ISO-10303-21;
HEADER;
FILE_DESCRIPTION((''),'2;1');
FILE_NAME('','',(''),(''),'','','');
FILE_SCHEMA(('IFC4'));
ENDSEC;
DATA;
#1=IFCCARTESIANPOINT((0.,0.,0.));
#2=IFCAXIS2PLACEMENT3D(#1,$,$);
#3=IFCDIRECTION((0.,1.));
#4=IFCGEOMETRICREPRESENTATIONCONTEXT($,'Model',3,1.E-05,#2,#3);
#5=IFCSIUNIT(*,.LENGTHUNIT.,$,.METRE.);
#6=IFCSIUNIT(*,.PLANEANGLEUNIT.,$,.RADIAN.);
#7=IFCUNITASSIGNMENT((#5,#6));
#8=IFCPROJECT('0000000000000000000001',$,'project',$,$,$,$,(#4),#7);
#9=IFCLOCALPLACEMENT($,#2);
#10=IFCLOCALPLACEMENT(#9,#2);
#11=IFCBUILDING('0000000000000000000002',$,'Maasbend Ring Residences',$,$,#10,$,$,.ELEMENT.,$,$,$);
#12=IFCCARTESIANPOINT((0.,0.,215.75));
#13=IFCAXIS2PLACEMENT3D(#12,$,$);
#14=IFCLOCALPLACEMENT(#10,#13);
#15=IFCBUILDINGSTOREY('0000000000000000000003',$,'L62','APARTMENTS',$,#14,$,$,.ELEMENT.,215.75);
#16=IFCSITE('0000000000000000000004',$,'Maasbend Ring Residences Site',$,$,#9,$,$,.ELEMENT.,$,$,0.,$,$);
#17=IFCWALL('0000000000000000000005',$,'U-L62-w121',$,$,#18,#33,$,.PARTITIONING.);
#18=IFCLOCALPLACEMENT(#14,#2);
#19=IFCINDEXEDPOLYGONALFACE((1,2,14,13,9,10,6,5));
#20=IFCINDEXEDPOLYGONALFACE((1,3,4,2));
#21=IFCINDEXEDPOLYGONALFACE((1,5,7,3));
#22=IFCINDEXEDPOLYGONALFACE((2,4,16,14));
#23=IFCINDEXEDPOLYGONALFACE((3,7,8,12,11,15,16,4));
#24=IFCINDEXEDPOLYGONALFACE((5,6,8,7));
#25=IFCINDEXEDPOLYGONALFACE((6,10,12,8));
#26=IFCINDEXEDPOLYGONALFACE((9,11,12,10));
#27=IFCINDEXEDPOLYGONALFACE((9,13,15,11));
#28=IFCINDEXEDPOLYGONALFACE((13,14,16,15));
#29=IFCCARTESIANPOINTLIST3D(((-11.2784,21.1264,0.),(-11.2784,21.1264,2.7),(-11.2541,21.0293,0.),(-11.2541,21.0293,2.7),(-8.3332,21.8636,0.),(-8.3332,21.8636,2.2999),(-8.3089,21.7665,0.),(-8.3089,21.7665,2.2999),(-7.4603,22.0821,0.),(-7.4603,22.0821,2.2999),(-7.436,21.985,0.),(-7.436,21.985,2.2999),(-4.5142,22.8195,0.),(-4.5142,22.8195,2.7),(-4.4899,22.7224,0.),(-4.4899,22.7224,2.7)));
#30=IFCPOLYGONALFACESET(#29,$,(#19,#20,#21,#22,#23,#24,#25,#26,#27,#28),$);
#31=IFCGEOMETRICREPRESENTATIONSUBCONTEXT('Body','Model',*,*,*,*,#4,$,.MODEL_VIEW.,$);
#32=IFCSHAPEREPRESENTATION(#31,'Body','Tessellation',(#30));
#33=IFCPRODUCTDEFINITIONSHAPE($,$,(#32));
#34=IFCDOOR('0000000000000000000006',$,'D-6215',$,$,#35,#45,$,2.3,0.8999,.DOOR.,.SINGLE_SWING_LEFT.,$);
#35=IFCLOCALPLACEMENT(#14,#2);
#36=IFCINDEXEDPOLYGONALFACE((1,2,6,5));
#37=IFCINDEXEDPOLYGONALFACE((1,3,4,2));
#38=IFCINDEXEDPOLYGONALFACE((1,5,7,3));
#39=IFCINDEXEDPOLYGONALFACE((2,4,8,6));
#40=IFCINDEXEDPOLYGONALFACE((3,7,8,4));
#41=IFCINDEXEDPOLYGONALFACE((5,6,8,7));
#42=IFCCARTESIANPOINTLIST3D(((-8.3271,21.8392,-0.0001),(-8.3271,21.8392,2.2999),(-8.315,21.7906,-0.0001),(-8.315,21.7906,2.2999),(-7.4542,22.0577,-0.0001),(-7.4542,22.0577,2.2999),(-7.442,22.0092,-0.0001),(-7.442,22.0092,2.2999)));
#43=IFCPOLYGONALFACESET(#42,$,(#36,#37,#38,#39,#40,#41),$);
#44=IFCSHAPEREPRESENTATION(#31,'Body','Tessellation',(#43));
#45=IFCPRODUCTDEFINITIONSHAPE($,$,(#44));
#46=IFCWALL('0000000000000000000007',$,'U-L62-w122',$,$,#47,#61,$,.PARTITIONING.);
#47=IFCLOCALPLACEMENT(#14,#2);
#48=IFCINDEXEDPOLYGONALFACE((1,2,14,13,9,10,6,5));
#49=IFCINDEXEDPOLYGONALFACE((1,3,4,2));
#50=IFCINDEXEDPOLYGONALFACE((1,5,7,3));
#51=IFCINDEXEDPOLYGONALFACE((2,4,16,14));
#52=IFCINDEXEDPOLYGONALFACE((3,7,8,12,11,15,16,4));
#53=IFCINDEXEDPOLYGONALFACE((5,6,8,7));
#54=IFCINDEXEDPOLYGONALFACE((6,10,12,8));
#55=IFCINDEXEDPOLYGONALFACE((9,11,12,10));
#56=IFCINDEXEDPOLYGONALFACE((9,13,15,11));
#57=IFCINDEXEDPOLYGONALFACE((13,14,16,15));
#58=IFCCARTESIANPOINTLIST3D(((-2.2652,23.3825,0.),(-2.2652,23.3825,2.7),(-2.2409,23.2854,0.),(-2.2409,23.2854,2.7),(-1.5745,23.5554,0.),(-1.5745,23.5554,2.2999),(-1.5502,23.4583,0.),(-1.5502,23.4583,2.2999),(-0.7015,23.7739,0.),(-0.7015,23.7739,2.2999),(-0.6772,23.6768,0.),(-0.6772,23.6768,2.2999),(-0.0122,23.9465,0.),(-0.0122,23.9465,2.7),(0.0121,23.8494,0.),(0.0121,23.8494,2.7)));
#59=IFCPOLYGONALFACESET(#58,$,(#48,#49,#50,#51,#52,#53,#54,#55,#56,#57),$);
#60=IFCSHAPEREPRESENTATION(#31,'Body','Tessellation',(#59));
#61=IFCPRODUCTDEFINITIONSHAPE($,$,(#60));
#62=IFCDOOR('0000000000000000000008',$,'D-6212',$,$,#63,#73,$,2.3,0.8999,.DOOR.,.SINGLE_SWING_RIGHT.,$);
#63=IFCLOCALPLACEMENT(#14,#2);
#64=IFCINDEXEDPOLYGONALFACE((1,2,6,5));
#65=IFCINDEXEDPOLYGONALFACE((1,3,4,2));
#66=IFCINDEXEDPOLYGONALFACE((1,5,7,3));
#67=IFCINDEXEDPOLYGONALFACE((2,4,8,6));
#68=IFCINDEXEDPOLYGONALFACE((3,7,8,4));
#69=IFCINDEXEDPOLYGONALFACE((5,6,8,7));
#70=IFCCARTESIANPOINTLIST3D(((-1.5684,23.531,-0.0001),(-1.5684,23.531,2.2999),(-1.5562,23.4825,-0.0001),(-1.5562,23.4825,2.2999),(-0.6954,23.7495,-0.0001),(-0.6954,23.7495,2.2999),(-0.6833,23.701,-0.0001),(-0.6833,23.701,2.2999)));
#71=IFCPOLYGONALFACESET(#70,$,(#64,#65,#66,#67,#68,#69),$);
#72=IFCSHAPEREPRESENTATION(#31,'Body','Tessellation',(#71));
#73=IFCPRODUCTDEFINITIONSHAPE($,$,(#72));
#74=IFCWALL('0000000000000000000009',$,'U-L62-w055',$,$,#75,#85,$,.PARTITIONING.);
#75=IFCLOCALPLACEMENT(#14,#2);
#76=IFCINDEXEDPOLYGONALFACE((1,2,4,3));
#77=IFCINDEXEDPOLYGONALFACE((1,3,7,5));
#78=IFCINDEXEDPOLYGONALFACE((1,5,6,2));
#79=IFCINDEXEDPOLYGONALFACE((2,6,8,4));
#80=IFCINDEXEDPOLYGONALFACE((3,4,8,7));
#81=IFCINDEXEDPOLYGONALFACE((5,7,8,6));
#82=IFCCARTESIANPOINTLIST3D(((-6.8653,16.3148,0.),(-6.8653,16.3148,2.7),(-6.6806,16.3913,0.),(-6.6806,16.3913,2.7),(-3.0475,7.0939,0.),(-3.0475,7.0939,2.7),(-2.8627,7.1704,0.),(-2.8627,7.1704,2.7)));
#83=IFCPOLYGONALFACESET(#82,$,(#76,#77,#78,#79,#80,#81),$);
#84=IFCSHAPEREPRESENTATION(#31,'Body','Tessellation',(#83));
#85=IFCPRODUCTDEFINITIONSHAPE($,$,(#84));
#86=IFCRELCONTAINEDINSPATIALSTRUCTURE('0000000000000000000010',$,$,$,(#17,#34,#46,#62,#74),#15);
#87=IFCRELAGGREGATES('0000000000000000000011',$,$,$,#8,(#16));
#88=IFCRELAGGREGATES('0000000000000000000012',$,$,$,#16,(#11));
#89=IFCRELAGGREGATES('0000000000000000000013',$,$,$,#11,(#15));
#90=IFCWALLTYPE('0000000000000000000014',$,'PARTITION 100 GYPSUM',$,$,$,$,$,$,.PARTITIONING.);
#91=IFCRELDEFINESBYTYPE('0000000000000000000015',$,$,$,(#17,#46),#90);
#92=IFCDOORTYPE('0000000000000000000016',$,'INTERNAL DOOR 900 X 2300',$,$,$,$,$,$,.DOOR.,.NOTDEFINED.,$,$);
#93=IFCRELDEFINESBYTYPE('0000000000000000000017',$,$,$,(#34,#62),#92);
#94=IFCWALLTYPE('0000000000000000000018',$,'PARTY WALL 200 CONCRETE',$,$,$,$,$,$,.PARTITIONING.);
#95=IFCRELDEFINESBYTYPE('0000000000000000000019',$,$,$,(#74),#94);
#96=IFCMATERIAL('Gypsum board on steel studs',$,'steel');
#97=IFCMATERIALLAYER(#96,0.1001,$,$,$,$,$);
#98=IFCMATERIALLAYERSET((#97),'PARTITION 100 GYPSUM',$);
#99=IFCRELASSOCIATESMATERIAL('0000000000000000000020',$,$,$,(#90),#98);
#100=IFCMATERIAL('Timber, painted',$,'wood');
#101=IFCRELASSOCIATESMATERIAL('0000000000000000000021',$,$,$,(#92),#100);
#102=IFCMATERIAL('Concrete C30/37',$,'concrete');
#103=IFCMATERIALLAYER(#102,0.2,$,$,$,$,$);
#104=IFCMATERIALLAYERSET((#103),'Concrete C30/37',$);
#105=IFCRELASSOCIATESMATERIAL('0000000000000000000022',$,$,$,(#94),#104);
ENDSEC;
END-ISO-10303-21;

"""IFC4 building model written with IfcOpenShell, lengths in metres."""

from ifc_helpers import new_model, si_unit, direction, frame, frame_2d, origin, place, context, subcontext, project, spatial, rectangle, extrude, material, layer, layer_set, type_object, element, fill, save


model = new_model("IFC4")

# Units and contexts
model_context = context("Model", 3, precision=1e-05, world=origin(), true_north=direction((0.0, 1.0)))
body_context = subcontext(model_context, "Body", "Model", "MODEL_VIEW")
ifc_project = project(units=[si_unit("LENGTHUNIT", "METRE"), si_unit("PLANEANGLEUNIT", "RADIAN")], contexts=[model_context])

# Site, building, storey
site_placement = place(None, origin())
site = spatial("IfcSite", under=ifc_project, at=site_placement, Name="Maasbend Ring Residences Site", CompositionType="ELEMENT", RefElevation=0.0)
building_placement = place(site_placement, origin())
building = spatial("IfcBuilding", under=site, at=building_placement, Name="Maasbend Ring Residences", CompositionType="ELEMENT")
storey_placement = place(building_placement, frame((0.0, 0.0, 215.75)))
storey = spatial("IfcBuildingStorey", under=building, at=storey_placement, Name="L62", Description="APARTMENTS", CompositionType="ELEMENT", Elevation=215.75)

# Shared definitions
ifc_material_1 = material(Name="Gypsum board on steel studs", Category="steel")
ifc_layer_1 = layer(ifc_material_1, 0.1001)
ifc_layer_set_1 = layer_set([ifc_layer_1], Name="PARTITION 100 GYPSUM")
wall_type_1 = type_object("IfcWallType", Name="PARTITION 100 GYPSUM", PredefinedType="PARTITIONING", material=ifc_layer_set_1)
ifc_material_2 = material(Name="Timber, painted", Category="wood")
door_type_1 = type_object("IfcDoorType", Name="INTERNAL DOOR 900 X 2300", OperationType="NOTDEFINED", PredefinedType="DOOR", material=ifc_material_2)

# Walls, openings, doors
wall_1_placement = place(storey_placement, frame((-11.2661, 21.0779, 0.0), z_axis=(0.0, 0.0, 1.0), x_axis=(0.970072, 0.242816, 0.0)))
wall_1 = element("IfcWall", 1, at=wall_1_placement, inside=storey, type_object=wall_type_1, Name="U-L62-w121", PredefinedType="PARTITIONING", context=body_context, shape_type="SweptSolid", body=[
    extrude(rectangle(XDim=6.9729, YDim=0.1001, at=frame_2d((3.4863, 0.0))), origin(), (0.0, 0.0, 1.0), 2.7),
])
opening_1_placement = place(wall_1_placement, frame((3.0359, 0.0, 0.0)))
opening_1 = element("IfcOpeningElement", 2, at=opening_1_placement, cuts=wall_1, PredefinedType="OPENING", context=body_context, shape_type="SweptSolid", body=[
    extrude(rectangle(XDim=0.8999, YDim=2.3, at=frame_2d((0.45, 1.1499))), frame((0.0, 0.0601, 0.0), z_axis=(0.0, -1.0, 0.0), x_axis=(1.0, 0.0, 0.0)), (0.0, 0.0, 1.0), 0.1201),
])
door_1_placement = place(opening_1_placement, origin())
door_1 = element("IfcDoor", 3, at=door_1_placement, inside=storey, type_object=door_type_1, Name="D-6215", OperationType="SINGLE_SWING_LEFT", OverallHeight=2.3, OverallWidth=0.8999, PredefinedType="DOOR", context=body_context, shape_type="SweptSolid", body=[
    extrude(rectangle(XDim=0.8999, YDim=2.3, at=frame_2d((0.45, 1.1499))), frame((0.0, 0.0249, 0.0), z_axis=(0.0, -1.0, 0.0), x_axis=(1.0, 0.0, 0.0)), (0.0, 0.0, 1.0), 0.05),
])
fill(opening_1, door_1)
wall_2_placement = place(storey_placement, frame((-2.2529, 23.334, 0.0), z_axis=(0.0, 0.0, 1.0), x_axis=(0.970068, 0.242832, 0.0)))
wall_2 = element("IfcWall", 4, at=wall_2_placement, inside=storey, type_object=wall_type_1, Name="U-L62-w122", PredefinedType="PARTITIONING", context=body_context, shape_type="SweptSolid", body=[
    extrude(rectangle(XDim=2.3225, YDim=0.1001, at=frame_2d((1.1611, 0.0))), origin(), (0.0, 0.0, 1.0), 2.7),
])
opening_2_placement = place(wall_2_placement, frame((0.7119, 0.0, 0.0)))
opening_2 = element("IfcOpeningElement", 5, at=opening_2_placement, cuts=wall_2, PredefinedType="OPENING", context=body_context, shape_type="SweptSolid", body=[
    extrude(rectangle(XDim=0.8999, YDim=2.3, at=frame_2d((0.45, 1.1499))), frame((0.0, 0.0601, 0.0), z_axis=(0.0, -1.0, 0.0), x_axis=(1.0, 0.0, 0.0)), (0.0, 0.0, 1.0), 0.1201),
])
door_2_placement = place(opening_2_placement, origin())
door_2 = element("IfcDoor", 6, at=door_2_placement, inside=storey, type_object=door_type_1, Name="D-6212", OperationType="SINGLE_SWING_RIGHT", OverallHeight=2.3, OverallWidth=0.8999, PredefinedType="DOOR", context=body_context, shape_type="SweptSolid", body=[
    extrude(rectangle(XDim=0.8999, YDim=2.3, at=frame_2d((0.45, 1.1499))), frame((0.0, 0.0249, 0.0), z_axis=(0.0, -1.0, 0.0), x_axis=(1.0, 0.0, 0.0)), (0.0, 0.0, 1.0), 0.05),
])
fill(opening_2, door_2)

# Wall
ifc_material_3 = material(Name="Concrete C30/37", Category="concrete")
ifc_layer_2 = layer(ifc_material_3, 0.2)
ifc_layer_set_2 = layer_set([ifc_layer_2], Name="Concrete C30/37")
wall_type_2 = type_object("IfcWallType", Name="PARTY WALL 200 CONCRETE", PredefinedType="PARTITIONING", material=ifc_layer_set_2)
wall_3_placement = place(storey_placement, frame((-6.7729, 16.353, 0.0), z_axis=(0.0, 0.0, 1.0), x_axis=(0.382549, -0.923935, 0.0)))
element("IfcWall", 7, at=wall_3_placement, inside=storey, type_object=wall_type_2, Name="U-L62-w055", PredefinedType="PARTITIONING", context=body_context, shape_type="SweptSolid", body=[
    extrude(rectangle(XDim=9.98, YDim=0.2, at=frame_2d((4.99, 0.0))), origin(), (0.0, 0.0, 1.0), 2.7),
])

save(model, "model.ifc")
